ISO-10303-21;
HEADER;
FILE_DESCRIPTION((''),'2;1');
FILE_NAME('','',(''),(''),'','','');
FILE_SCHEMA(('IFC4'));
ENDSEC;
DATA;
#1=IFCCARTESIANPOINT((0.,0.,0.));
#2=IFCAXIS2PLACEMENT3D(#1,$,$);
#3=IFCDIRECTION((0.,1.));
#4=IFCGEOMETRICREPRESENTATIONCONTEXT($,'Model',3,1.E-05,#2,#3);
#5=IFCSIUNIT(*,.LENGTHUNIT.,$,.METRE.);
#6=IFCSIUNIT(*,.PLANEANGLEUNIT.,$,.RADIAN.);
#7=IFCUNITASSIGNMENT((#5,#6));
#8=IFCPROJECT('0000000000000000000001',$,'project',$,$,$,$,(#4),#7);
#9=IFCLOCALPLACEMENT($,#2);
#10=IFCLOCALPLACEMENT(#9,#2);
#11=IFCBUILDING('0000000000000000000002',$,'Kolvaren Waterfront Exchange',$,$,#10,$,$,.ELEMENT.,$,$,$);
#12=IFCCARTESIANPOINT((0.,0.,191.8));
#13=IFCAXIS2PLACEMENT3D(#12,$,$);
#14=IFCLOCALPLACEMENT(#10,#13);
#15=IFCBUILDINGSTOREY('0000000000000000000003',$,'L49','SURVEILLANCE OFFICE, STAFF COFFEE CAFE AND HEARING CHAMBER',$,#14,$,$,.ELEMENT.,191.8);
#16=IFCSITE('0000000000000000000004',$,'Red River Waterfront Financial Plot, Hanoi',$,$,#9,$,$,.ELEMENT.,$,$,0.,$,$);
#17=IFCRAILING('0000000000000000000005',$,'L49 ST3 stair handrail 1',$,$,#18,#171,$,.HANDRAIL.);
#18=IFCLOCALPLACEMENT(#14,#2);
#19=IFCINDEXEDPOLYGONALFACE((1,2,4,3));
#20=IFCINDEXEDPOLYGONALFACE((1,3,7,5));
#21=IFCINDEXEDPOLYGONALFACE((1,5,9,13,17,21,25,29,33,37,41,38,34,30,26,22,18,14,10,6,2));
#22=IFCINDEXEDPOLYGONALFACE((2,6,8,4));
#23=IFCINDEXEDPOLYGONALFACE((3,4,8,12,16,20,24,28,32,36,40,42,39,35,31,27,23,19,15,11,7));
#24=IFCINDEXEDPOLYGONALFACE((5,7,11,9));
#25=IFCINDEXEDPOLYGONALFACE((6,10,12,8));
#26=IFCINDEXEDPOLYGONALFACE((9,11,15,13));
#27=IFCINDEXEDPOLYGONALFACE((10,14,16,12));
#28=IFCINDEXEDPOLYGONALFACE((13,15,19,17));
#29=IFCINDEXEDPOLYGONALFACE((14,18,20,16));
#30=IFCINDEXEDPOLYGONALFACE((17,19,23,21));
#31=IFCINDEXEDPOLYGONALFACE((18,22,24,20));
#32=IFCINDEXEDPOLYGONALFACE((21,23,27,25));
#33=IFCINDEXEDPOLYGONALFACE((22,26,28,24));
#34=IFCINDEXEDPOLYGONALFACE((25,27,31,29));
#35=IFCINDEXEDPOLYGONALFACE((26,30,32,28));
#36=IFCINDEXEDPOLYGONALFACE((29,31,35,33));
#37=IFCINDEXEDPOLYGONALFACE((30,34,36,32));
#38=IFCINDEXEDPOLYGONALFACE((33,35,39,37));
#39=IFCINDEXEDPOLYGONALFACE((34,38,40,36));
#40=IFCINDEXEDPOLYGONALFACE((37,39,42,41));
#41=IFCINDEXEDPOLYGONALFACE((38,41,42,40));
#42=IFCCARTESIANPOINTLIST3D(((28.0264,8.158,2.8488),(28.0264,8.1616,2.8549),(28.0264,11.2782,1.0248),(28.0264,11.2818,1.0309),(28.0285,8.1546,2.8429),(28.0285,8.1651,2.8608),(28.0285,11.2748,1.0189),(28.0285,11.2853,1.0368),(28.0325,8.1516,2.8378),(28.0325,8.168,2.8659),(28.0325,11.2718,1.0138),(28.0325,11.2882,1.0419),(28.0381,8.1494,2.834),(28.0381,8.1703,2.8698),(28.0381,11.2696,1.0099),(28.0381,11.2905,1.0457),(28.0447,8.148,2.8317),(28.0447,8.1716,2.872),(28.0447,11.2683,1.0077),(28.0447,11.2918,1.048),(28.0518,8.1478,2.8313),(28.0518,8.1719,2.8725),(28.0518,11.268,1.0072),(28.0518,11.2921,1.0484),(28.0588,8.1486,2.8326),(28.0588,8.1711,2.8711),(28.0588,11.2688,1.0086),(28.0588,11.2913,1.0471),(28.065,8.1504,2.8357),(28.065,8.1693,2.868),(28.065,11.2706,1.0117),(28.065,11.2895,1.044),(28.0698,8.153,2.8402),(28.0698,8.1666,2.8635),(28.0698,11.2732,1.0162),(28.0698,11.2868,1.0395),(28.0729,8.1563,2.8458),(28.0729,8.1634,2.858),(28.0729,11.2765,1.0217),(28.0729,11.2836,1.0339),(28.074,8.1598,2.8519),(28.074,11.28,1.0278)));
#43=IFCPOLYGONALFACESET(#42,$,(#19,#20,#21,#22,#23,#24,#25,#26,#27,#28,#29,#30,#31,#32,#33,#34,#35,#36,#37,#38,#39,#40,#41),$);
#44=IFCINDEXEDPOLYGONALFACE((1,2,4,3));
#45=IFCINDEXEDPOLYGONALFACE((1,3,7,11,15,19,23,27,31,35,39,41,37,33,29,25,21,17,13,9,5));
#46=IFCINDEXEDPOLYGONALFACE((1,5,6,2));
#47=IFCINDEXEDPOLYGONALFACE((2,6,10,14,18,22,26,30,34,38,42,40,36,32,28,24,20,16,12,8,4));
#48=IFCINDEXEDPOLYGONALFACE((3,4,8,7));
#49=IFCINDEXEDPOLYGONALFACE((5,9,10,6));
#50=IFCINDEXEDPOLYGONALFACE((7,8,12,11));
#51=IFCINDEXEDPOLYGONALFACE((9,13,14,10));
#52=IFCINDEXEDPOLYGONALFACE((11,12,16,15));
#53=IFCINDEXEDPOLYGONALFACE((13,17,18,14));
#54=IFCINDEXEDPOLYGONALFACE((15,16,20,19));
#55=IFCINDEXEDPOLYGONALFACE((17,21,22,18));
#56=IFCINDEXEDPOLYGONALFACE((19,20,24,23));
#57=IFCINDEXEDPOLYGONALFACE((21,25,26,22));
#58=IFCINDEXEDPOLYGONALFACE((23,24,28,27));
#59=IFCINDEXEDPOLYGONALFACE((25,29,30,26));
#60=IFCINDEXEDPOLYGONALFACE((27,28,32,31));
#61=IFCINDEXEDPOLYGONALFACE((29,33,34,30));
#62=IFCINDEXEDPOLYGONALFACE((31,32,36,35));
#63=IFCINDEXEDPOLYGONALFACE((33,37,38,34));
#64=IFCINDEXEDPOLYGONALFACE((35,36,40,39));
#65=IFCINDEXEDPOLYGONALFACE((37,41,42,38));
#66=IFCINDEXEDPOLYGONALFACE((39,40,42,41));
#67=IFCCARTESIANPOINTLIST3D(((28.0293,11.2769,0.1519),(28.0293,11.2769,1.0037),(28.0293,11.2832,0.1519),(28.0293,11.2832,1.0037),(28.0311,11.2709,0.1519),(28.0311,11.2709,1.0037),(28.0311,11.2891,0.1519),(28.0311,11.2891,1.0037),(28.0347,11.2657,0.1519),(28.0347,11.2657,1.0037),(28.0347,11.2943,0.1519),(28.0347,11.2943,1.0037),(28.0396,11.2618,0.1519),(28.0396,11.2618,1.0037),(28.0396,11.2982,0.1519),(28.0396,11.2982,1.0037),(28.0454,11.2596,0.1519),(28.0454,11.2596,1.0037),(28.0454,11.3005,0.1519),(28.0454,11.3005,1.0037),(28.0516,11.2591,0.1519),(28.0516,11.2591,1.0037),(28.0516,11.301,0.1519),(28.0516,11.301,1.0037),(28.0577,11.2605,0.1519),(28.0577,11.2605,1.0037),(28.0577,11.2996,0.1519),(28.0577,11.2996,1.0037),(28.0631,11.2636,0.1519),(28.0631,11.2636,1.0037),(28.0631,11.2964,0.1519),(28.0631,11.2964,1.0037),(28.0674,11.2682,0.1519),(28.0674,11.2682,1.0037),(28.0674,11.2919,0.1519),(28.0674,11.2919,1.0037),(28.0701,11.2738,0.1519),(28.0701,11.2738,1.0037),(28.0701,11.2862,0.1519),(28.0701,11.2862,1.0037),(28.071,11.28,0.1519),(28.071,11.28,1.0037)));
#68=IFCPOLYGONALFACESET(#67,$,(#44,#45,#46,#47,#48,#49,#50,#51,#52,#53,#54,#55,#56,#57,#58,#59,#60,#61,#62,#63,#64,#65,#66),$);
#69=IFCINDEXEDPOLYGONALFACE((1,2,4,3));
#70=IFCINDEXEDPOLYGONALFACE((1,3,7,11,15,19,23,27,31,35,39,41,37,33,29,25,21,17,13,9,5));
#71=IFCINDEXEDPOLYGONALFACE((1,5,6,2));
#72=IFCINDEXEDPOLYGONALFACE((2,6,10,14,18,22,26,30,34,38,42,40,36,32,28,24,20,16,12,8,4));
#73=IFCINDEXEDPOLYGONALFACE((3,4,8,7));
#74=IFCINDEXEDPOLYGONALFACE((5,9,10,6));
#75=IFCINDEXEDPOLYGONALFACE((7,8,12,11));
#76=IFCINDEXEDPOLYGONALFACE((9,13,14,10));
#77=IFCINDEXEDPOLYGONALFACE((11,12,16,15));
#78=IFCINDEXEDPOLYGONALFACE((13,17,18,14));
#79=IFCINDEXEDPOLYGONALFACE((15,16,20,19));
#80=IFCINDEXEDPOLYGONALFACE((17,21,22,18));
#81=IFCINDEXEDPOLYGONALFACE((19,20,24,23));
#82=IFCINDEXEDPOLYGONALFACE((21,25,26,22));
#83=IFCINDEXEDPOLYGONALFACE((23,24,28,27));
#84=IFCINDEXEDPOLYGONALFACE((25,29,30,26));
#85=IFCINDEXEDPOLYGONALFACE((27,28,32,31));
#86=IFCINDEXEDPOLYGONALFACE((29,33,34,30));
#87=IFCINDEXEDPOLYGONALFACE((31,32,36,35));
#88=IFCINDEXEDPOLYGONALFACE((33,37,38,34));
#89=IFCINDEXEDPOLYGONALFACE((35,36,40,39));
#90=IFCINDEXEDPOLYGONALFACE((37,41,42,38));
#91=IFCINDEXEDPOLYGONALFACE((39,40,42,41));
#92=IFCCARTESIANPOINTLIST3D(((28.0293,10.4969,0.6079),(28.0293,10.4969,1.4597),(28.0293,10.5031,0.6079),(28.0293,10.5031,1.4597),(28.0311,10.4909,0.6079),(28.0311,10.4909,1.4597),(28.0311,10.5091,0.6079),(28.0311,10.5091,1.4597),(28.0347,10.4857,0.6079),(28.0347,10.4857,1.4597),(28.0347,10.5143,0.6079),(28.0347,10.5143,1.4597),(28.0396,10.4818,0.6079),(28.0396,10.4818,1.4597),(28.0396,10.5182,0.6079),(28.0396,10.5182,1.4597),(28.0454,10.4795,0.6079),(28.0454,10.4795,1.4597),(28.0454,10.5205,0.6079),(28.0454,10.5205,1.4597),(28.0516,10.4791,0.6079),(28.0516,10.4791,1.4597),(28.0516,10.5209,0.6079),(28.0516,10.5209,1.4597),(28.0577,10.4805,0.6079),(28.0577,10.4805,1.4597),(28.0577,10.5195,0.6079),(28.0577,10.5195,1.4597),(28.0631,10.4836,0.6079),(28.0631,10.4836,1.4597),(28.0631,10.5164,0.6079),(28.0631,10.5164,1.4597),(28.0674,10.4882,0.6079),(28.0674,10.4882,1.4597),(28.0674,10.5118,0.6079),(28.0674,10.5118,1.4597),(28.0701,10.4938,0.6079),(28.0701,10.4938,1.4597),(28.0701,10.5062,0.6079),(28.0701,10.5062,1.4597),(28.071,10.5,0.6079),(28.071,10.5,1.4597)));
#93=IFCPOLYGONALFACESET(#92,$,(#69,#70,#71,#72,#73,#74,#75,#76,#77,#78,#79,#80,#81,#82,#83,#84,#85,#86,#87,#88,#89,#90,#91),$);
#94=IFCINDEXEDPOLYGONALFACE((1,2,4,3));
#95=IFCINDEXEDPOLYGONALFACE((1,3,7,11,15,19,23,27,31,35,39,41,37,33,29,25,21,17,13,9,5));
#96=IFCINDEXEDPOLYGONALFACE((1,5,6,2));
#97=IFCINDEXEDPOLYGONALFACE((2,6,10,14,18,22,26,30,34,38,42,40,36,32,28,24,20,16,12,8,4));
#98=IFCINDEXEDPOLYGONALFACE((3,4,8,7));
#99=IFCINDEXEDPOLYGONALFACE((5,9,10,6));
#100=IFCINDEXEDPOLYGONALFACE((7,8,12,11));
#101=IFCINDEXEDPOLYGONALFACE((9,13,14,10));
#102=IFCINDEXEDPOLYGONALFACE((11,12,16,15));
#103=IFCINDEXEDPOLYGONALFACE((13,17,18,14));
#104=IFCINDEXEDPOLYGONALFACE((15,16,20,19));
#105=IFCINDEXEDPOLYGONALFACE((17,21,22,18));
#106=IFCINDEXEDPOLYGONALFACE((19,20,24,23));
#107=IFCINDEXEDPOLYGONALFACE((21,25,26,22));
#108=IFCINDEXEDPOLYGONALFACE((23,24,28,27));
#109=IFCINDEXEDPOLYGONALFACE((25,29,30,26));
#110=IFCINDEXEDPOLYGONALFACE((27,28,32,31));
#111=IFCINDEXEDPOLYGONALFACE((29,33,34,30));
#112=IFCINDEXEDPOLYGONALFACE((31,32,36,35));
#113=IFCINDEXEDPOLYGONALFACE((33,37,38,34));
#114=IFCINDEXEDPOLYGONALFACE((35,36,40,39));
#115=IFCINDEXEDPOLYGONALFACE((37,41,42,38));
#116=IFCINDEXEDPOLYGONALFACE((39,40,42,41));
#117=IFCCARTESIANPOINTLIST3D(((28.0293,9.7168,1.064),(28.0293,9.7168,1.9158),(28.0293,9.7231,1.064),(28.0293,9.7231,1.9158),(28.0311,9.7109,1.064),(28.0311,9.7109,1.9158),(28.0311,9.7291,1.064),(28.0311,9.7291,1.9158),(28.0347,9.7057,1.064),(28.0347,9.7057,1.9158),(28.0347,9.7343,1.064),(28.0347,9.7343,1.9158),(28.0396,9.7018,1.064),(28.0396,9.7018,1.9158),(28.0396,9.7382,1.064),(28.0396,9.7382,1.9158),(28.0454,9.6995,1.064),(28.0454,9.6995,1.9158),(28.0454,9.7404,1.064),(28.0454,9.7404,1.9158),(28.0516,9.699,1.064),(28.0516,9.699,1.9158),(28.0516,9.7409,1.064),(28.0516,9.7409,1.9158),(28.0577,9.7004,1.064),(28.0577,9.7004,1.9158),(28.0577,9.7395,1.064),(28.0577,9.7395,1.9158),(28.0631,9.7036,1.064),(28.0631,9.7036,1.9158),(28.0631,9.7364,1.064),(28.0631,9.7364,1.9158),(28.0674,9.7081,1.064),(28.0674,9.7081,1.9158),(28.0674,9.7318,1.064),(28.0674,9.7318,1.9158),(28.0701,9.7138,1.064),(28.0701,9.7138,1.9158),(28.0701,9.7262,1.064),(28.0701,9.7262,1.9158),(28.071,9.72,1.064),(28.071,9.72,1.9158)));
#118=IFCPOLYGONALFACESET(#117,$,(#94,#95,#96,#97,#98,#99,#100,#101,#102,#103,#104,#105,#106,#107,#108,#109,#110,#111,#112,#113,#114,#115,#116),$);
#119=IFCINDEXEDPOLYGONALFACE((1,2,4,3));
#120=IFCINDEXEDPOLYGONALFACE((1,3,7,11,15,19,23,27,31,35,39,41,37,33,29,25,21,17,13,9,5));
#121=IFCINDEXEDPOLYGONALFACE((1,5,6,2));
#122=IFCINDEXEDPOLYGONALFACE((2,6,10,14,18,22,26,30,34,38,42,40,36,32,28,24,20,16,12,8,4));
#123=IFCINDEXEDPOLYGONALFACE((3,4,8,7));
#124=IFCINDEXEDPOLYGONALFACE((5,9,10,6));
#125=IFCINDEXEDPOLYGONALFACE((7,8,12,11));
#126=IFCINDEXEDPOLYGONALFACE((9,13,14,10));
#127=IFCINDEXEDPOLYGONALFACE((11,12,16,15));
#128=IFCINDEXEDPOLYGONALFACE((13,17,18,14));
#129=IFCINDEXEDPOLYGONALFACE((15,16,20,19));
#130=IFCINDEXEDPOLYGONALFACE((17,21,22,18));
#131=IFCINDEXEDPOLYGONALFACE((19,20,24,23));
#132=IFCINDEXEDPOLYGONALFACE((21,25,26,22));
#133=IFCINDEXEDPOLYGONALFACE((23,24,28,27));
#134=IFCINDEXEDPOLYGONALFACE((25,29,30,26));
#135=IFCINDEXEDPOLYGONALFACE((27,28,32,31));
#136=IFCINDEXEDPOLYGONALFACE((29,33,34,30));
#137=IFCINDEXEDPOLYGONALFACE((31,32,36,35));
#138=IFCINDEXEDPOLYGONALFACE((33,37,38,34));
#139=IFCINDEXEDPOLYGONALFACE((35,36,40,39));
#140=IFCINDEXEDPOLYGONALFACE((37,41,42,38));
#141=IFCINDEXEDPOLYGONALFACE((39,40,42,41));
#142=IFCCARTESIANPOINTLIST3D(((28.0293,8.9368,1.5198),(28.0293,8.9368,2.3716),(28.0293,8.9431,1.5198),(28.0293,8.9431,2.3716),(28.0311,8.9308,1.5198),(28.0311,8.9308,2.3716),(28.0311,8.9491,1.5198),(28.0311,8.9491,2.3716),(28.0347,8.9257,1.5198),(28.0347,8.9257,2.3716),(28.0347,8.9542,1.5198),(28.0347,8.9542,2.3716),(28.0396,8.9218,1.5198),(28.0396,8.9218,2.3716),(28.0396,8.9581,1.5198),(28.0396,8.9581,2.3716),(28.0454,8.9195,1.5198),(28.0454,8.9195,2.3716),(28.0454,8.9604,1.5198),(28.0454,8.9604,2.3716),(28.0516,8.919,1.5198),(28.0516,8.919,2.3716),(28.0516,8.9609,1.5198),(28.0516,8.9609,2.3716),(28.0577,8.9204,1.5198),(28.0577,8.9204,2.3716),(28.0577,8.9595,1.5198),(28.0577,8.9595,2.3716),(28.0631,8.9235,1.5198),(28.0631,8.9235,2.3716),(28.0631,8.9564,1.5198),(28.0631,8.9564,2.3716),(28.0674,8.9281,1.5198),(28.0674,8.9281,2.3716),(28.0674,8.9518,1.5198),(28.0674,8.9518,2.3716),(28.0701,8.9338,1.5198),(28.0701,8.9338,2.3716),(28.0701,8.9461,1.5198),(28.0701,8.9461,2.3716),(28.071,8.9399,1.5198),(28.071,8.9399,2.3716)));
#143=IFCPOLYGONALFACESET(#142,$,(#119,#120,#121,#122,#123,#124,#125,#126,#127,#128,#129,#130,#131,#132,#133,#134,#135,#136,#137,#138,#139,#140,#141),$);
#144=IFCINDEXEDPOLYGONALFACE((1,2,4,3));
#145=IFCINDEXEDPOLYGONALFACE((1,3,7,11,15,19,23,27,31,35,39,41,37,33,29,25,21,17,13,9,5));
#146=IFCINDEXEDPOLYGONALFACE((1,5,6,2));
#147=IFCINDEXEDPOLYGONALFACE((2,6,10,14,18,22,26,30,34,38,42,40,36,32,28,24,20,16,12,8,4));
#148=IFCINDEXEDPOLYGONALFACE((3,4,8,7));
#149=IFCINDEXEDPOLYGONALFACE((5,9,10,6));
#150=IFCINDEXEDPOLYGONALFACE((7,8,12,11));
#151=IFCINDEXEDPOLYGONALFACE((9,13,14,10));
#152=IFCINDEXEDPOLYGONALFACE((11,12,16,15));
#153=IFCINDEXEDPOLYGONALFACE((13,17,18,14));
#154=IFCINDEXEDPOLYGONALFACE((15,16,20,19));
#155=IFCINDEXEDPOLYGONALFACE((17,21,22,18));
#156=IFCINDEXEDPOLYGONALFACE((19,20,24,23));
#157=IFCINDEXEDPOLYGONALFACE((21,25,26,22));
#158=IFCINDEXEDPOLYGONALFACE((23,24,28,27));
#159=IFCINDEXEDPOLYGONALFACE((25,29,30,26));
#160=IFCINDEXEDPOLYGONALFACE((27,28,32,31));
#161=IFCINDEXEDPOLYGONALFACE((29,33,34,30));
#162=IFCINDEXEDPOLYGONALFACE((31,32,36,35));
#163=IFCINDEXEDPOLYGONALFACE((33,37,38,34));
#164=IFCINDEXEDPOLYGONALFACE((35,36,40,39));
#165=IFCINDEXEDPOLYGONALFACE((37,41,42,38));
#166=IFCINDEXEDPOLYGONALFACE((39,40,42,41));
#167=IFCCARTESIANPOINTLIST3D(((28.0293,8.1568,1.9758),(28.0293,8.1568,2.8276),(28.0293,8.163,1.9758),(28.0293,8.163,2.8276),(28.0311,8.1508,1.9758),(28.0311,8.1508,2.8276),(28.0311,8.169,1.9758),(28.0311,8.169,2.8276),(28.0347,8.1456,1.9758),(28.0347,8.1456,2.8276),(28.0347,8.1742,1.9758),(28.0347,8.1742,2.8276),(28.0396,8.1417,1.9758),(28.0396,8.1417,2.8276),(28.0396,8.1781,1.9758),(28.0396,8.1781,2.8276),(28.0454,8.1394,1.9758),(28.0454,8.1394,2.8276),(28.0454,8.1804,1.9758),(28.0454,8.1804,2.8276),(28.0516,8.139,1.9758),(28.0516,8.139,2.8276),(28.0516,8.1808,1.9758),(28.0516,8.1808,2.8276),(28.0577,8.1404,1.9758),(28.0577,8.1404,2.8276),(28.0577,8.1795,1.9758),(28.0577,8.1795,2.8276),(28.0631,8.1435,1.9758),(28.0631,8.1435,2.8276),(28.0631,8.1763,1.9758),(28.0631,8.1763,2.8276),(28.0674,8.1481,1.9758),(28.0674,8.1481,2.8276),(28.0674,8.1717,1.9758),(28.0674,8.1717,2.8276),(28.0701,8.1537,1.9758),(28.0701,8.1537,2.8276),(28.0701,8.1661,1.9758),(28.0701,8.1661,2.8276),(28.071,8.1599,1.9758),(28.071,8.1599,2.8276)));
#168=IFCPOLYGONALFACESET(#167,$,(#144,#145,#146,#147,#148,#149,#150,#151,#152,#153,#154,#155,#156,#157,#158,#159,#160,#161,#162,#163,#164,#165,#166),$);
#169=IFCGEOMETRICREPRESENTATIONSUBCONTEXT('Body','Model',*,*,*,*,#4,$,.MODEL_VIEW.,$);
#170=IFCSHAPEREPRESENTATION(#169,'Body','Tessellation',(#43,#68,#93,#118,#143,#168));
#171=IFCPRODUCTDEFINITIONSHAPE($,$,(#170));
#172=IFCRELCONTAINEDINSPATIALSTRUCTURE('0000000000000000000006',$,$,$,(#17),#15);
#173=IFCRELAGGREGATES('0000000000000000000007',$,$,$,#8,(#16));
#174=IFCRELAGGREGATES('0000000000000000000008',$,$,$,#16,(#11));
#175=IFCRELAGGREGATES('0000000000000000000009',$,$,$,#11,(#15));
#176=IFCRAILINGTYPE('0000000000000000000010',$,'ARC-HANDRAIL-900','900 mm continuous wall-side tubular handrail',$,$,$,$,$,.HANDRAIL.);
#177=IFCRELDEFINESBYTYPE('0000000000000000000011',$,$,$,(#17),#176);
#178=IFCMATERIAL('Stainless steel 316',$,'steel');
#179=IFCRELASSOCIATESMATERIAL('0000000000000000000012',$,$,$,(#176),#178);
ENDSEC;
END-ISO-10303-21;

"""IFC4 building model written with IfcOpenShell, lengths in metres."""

from ifc_helpers import new_model, si_unit, direction, frame, origin, origin_2d, place, context, subcontext, project, spatial, circle, extrude, material, type_object, element, save


model = new_model("IFC4")

# Units and contexts
model_context = context("Model", 3, precision=1e-05, world=origin(), true_north=direction((0.0, 1.0)))
body_context = subcontext(model_context, "Body", "Model", "MODEL_VIEW")
ifc_project = project(units=[si_unit("LENGTHUNIT", "METRE"), si_unit("PLANEANGLEUNIT", "RADIAN")], contexts=[model_context])

# Site, building, storey
site_placement = place(None, origin())
site = spatial("IfcSite", under=ifc_project, at=site_placement, Name="Red River Waterfront Financial Plot, Hanoi", CompositionType="ELEMENT", RefElevation=0.0)
building_placement = place(site_placement, origin())
building = spatial("IfcBuilding", under=site, at=building_placement, Name="Kolvaren Waterfront Exchange", CompositionType="ELEMENT")
storey_placement = place(building_placement, frame((0.0, 0.0, 191.8)))
storey = spatial("IfcBuildingStorey", under=building, at=storey_placement, Name="L49", Description="SURVEILLANCE OFFICE, STAFF COFFEE CAFE AND HEARING CHAMBER", CompositionType="ELEMENT", Elevation=191.8)

# Railing
ifc_material_1 = material(Name="Stainless steel 316", Category="steel")
railing_type_1 = type_object("IfcRailingType", Name="ARC-HANDRAIL-900", Description="900 mm continuous wall-side tubular handrail", PredefinedType="HANDRAIL", material=ifc_material_1)
railing_1_placement = place(storey_placement, frame((28.05, 11.28, 0.1519)))
element("IfcRailing", 1, at=railing_1_placement, inside=storey, type_object=railing_type_1, Name="L49 ST3 stair handrail 1", PredefinedType="HANDRAIL", context=body_context, shape_type="SweptSolid", body=[
    extrude(circle(Radius=0.0239, at=origin_2d()), frame((0.0, 0.0, 0.876), z_axis=(0.0, -0.863308, 0.504677), x_axis=(1.0, 0.0, 0.0)), (0.0, 0.0, 1.0), 3.6143),
    extrude(circle(Radius=0.021, at=origin_2d()), origin(), (0.0, 0.0, 1.0), 0.8518),
    extrude(circle(Radius=0.021, at=origin_2d()), frame((0.0, -0.78, 0.4561)), (0.0, 0.0, 1.0), 0.8518),
    extrude(circle(Radius=0.021, at=origin_2d()), frame((0.0, -1.5601, 0.9121)), (0.0, 0.0, 1.0), 0.8518),
    extrude(circle(Radius=0.021, at=origin_2d()), frame((0.0, -2.3401, 1.3679)), (0.0, 0.0, 1.0), 0.8518),
    extrude(circle(Radius=0.021, at=origin_2d()), frame((0.0, -3.1201, 1.824)), (0.0, 0.0, 1.0), 0.8518),
])

save(model, "model.ifc")
